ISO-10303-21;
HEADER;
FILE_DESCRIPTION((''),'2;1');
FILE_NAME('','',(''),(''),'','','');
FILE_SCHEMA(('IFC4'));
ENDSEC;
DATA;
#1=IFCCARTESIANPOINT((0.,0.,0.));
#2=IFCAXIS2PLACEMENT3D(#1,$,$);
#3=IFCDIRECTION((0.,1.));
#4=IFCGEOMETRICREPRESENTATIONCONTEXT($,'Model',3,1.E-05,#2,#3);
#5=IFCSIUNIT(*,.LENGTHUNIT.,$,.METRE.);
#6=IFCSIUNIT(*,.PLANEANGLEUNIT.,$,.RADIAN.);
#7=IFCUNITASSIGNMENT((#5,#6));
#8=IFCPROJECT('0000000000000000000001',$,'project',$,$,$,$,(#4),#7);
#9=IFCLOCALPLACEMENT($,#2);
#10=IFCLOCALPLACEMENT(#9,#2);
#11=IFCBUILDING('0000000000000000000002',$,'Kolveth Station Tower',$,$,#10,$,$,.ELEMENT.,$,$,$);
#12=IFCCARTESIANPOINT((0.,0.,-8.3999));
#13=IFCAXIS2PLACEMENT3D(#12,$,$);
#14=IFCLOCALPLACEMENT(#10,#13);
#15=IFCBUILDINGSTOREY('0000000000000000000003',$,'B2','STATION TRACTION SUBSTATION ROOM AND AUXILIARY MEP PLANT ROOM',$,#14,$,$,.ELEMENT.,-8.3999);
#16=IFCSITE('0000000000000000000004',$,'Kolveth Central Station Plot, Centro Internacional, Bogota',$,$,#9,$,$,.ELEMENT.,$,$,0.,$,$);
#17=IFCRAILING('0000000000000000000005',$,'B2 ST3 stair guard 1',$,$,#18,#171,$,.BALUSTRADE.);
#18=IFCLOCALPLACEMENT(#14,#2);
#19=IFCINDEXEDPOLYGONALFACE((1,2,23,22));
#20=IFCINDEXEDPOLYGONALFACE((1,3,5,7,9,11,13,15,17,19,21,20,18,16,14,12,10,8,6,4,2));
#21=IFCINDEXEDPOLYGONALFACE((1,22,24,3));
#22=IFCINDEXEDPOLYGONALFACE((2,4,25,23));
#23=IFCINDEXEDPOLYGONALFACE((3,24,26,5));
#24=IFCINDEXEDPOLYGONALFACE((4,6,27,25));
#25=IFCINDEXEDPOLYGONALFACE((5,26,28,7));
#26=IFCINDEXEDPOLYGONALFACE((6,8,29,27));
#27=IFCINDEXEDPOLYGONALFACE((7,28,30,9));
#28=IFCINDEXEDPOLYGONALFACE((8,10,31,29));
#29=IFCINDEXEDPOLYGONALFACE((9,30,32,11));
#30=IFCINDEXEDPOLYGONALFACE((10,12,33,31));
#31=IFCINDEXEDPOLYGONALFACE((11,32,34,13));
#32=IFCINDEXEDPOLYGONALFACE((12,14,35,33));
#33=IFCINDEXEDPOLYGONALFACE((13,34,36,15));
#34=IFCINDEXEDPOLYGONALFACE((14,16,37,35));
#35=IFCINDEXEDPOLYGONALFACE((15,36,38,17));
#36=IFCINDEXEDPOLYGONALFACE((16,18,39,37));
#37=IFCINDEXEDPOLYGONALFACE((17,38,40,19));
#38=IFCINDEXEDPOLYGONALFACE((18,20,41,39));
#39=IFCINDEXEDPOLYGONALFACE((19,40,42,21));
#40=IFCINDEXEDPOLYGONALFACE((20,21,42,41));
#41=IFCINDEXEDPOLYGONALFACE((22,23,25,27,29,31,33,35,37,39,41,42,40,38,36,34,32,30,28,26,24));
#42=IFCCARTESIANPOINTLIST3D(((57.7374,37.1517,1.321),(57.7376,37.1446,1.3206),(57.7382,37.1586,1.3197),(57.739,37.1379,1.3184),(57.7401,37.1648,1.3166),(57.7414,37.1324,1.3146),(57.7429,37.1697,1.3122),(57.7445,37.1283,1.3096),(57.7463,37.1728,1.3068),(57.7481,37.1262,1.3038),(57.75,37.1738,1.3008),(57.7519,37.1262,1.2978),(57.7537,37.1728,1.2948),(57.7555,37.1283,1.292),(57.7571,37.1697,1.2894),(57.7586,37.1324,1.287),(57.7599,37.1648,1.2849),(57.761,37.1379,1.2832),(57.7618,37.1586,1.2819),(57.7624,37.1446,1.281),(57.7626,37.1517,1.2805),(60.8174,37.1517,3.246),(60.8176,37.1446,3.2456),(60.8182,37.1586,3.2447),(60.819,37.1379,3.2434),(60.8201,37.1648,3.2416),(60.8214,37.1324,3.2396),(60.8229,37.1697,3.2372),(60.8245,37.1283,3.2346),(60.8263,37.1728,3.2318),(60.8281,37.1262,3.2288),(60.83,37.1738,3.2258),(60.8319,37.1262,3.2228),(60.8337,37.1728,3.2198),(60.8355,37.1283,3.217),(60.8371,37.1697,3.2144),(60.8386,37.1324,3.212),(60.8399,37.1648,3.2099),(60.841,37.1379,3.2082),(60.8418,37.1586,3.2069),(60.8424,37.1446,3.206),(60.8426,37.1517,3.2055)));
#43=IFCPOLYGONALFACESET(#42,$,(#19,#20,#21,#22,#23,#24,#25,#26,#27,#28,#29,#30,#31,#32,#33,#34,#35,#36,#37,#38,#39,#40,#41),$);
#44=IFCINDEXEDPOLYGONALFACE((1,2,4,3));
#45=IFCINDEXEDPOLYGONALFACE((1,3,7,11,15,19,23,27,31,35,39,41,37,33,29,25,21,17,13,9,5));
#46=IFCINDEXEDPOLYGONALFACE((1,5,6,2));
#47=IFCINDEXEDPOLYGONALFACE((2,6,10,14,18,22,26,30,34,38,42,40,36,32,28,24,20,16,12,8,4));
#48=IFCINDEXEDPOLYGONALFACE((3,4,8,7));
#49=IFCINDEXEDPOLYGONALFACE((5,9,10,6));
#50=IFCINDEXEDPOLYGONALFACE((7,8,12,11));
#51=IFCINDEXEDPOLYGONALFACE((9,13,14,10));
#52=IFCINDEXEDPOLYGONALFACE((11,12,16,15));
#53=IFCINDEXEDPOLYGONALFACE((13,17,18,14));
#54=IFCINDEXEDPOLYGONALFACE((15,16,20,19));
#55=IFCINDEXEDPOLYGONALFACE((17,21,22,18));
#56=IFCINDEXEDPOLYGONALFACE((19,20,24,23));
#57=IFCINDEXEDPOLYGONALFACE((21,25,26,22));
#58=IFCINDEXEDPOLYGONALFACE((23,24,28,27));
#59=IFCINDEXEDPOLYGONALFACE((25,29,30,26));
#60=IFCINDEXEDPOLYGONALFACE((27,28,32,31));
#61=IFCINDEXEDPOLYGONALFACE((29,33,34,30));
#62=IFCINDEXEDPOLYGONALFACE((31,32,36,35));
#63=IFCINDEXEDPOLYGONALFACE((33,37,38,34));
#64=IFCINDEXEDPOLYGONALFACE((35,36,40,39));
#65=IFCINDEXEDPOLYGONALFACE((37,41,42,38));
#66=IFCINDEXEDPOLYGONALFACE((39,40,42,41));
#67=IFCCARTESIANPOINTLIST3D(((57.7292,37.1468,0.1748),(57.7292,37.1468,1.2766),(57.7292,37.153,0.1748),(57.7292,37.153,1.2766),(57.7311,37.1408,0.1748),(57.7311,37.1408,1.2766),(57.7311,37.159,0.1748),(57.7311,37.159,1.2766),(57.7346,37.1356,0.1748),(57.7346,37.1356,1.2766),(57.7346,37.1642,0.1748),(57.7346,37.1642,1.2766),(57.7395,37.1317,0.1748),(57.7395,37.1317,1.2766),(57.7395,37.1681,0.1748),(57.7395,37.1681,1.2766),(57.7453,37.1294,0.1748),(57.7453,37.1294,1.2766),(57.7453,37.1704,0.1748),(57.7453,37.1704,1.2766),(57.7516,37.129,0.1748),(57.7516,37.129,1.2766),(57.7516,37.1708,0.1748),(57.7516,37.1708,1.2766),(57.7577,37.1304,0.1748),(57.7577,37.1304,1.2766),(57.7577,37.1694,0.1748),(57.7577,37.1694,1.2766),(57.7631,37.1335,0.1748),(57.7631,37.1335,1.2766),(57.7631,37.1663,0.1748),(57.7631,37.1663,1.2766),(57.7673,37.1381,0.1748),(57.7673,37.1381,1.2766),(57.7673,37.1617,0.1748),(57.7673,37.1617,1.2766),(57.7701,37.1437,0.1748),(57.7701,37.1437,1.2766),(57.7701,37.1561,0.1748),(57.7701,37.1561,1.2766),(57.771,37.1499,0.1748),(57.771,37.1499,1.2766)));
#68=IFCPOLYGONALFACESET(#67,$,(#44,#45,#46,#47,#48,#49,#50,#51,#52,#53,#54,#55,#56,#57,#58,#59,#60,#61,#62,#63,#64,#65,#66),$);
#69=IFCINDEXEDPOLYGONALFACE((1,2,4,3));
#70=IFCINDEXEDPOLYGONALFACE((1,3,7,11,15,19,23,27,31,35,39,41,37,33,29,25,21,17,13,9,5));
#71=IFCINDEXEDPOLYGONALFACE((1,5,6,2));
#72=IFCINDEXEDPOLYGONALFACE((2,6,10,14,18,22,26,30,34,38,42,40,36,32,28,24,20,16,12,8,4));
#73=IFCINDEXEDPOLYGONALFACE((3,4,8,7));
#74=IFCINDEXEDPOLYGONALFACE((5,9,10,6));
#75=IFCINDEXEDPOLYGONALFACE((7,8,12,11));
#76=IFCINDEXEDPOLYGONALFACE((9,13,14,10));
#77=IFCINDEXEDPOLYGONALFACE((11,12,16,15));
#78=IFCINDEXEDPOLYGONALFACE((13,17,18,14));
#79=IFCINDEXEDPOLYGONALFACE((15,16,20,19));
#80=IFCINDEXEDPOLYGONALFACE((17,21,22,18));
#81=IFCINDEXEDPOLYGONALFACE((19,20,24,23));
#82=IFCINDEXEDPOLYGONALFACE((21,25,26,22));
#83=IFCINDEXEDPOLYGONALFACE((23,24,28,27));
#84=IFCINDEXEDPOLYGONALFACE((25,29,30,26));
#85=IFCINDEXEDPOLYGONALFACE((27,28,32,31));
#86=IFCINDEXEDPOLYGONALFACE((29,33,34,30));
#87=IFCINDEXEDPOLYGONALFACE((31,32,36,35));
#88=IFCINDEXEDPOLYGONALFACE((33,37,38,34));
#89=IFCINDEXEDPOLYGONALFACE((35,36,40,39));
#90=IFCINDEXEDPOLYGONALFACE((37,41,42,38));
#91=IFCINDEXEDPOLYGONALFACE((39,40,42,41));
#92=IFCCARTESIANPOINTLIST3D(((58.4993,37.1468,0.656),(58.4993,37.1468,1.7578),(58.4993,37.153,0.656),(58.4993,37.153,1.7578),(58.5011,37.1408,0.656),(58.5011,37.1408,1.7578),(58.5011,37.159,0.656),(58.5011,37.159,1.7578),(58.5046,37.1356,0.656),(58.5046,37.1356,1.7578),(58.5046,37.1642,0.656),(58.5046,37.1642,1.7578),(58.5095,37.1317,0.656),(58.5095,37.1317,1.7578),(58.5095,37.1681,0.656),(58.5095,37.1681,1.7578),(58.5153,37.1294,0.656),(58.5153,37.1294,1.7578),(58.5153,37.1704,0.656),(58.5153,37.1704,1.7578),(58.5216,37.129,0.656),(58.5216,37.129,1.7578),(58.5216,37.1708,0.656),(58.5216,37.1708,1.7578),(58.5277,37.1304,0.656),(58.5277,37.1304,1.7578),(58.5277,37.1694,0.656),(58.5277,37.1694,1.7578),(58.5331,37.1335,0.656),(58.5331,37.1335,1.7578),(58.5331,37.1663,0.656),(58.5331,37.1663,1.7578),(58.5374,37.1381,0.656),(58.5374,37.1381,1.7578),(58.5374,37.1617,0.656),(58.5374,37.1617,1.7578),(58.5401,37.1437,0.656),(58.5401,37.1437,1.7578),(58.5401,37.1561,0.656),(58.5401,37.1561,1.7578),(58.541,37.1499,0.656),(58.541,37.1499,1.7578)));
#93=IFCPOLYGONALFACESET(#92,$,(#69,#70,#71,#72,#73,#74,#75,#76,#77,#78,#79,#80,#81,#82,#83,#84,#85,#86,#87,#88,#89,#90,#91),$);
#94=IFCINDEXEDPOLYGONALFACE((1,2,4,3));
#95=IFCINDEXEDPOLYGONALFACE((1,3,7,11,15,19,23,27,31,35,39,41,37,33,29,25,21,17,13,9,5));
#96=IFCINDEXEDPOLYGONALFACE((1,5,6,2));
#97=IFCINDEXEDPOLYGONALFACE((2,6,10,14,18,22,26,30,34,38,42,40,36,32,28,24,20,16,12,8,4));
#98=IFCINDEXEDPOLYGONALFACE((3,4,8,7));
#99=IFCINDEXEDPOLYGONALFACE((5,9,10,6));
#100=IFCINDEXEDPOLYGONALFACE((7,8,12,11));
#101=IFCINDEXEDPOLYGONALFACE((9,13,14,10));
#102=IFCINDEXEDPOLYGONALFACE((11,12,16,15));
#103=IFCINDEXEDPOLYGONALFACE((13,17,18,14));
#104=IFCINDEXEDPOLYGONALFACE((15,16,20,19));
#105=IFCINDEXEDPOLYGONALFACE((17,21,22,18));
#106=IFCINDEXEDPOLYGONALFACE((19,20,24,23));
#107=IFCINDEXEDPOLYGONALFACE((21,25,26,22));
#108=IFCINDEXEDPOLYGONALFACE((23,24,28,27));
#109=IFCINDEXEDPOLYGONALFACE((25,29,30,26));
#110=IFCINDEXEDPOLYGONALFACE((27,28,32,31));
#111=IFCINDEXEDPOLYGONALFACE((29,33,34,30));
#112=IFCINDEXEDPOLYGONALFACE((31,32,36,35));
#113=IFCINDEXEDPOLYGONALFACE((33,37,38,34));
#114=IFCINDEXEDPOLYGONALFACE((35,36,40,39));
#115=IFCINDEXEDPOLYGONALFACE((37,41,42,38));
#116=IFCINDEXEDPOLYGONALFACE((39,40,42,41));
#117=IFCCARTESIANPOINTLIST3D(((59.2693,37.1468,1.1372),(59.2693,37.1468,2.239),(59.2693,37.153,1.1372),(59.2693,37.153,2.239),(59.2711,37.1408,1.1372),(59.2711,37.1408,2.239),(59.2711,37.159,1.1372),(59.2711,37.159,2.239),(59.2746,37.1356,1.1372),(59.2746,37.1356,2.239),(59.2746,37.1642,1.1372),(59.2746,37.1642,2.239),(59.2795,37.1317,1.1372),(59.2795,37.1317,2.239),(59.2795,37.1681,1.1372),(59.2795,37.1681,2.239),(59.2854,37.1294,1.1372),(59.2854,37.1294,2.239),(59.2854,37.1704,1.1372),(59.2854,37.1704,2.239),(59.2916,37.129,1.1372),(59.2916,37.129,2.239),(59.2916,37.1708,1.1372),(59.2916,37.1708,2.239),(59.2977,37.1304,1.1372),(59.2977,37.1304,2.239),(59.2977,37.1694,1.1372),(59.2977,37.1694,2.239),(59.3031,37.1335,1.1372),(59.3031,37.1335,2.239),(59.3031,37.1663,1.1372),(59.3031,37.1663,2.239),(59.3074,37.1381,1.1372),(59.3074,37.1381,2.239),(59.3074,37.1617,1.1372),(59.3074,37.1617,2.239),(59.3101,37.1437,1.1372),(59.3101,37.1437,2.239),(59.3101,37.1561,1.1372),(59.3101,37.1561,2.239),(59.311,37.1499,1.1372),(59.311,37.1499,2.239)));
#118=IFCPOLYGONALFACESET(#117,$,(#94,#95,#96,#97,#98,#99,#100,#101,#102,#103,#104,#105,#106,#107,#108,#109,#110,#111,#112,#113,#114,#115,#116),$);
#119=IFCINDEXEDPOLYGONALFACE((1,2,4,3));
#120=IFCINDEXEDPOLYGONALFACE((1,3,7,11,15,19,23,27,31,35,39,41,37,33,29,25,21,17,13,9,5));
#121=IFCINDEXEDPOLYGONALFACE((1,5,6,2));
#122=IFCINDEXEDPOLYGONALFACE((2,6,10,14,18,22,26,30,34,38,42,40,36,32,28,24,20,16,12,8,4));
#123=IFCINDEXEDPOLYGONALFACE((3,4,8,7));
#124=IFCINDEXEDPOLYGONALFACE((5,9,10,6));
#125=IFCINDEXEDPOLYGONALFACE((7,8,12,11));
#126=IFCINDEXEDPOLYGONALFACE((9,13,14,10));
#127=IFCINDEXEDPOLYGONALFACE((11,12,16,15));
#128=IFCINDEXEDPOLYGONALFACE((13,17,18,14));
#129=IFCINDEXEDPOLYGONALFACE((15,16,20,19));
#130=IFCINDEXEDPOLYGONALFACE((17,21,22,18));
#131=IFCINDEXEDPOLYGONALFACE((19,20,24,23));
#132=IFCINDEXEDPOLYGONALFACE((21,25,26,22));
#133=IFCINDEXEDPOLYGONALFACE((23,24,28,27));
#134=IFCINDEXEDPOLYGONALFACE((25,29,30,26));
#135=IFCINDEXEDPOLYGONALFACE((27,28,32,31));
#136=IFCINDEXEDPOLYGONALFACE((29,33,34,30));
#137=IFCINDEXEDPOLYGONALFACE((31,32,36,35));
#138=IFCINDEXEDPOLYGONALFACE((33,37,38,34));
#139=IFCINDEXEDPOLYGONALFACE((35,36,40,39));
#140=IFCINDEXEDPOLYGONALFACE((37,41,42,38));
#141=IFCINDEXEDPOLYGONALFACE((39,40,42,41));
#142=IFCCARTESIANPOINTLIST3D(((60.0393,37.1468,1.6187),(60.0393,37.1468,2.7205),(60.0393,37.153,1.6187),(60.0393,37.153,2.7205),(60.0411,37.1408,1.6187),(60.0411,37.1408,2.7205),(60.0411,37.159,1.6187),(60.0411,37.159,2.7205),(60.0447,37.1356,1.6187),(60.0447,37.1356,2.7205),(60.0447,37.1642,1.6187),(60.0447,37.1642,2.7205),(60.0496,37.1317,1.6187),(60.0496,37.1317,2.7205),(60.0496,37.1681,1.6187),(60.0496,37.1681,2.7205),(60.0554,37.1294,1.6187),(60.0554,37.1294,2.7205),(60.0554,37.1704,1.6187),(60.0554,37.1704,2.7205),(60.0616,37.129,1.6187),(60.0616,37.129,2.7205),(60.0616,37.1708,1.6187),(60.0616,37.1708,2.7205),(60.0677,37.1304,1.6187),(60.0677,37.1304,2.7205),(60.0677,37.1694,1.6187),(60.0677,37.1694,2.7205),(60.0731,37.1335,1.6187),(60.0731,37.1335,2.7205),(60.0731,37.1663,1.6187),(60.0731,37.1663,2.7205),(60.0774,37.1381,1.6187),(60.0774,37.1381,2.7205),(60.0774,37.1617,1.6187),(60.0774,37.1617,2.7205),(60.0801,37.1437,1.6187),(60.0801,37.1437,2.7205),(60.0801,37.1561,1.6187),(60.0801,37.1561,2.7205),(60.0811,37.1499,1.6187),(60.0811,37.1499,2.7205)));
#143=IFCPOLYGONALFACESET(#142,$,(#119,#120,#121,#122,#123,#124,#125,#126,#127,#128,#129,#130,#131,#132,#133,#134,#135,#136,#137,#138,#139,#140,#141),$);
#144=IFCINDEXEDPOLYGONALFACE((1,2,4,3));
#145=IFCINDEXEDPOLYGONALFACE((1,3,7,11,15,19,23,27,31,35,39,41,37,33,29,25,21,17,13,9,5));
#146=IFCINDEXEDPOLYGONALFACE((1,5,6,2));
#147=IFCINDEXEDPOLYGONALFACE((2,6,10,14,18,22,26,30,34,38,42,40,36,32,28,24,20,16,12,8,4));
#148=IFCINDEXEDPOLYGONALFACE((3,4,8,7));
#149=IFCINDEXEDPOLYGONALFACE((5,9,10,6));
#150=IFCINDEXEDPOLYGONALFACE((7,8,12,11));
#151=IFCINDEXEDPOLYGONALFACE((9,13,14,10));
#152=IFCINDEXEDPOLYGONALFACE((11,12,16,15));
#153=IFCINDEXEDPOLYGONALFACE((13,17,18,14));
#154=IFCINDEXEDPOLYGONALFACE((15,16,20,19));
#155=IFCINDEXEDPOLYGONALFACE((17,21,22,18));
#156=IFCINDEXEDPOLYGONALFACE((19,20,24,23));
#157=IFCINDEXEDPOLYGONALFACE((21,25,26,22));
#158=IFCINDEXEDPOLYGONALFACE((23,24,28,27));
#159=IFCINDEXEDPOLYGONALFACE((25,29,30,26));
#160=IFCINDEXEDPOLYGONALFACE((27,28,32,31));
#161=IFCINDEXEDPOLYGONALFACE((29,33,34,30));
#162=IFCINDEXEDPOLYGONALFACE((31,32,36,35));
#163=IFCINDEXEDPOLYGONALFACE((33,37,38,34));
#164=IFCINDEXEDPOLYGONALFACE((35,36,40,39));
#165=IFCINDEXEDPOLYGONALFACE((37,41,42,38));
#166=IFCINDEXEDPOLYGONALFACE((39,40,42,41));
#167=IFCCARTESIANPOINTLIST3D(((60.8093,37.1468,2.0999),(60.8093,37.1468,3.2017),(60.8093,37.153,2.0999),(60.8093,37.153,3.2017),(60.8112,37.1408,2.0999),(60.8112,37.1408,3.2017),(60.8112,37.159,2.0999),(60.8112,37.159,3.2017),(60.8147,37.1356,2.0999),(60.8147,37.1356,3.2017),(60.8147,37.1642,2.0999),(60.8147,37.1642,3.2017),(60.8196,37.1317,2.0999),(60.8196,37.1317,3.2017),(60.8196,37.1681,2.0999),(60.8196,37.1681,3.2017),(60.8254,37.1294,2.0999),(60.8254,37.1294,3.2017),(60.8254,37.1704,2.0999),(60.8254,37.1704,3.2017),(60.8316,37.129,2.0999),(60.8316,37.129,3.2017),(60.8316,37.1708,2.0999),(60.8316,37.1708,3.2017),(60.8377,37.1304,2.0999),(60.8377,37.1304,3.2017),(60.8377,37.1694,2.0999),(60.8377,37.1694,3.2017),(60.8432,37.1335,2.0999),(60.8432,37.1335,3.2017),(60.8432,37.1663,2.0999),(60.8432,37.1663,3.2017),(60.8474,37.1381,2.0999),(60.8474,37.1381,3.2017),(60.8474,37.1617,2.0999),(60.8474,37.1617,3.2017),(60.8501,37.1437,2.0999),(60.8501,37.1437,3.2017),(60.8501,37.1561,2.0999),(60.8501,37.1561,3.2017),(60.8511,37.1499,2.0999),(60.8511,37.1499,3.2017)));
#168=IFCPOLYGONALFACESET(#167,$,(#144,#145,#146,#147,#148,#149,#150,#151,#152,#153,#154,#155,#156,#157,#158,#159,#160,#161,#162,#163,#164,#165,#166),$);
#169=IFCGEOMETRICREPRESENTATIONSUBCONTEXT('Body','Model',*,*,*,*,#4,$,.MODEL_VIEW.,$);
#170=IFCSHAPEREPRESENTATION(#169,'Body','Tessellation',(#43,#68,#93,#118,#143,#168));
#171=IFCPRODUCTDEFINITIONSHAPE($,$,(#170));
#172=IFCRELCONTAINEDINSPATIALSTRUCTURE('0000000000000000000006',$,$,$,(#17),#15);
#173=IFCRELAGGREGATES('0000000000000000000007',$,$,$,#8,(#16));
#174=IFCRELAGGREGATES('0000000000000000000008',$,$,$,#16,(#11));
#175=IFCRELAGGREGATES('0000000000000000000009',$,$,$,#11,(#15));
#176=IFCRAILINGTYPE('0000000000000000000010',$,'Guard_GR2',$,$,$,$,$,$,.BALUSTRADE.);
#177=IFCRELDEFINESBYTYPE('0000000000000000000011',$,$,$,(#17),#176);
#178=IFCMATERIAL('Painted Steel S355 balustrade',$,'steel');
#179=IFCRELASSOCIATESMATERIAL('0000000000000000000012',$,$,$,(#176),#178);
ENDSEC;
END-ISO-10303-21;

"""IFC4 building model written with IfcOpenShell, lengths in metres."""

from ifc_helpers import new_model, si_unit, direction, frame, origin, origin_2d, place, context, subcontext, project, spatial, circle, extrude, material, type_object, element, save


model = new_model("IFC4")

# Units and contexts
model_context = context("Model", 3, precision=1e-05, world=origin(), true_north=direction((0.0, 1.0)))
body_context = subcontext(model_context, "Body", "Model", "MODEL_VIEW")
ifc_project = project(units=[si_unit("LENGTHUNIT", "METRE"), si_unit("PLANEANGLEUNIT", "RADIAN")], contexts=[model_context])

# Site, building, storey
site_placement = place(None, origin())
site = spatial("IfcSite", under=ifc_project, at=site_placement, Name="Kolveth Central Station Plot, Centro Internacional, Bogota", CompositionType="ELEMENT", RefElevation=0.0)
building_placement = place(site_placement, origin())
building = spatial("IfcBuilding", under=site, at=building_placement, Name="Kolveth Station Tower", CompositionType="ELEMENT")
storey_placement = place(building_placement, frame((0.0, 0.0, -8.3999)))
storey = spatial("IfcBuildingStorey", under=building, at=storey_placement, Name="B2", Description="STATION TRACTION SUBSTATION ROOM AND AUXILIARY MEP PLANT ROOM", CompositionType="ELEMENT", Elevation=-8.3999)

# Railing
ifc_material_1 = material(Name="Painted Steel S355 balustrade", Category="steel")
railing_type_1 = type_object("IfcRailingType", Name="Guard_GR2", PredefinedType="BALUSTRADE", material=ifc_material_1)
railing_1_placement = place(storey_placement, frame((57.75, 37.1499, 0.1748)))
element("IfcRailing", 1, at=railing_1_placement, inside=storey, type_object=railing_type_1, Name="B2 ST3 stair guard 1", PredefinedType="BALUSTRADE", context=body_context, shape_type="SweptSolid", body=[
    extrude(circle(Radius=0.0239, at=origin_2d()), frame((0.0, 0.0, 1.126), z_axis=(0.847998, 0.0, 0.529999), x_axis=(0.0, 1.0, 0.0)), (0.0, 0.0, 1.0), 3.6321),
    extrude(circle(Radius=0.021, at=origin_2d()), origin(), (0.0, 0.0, 1.0), 1.1018),
    extrude(circle(Radius=0.021, at=origin_2d()), frame((0.77, 0.0, 0.4812)), (0.0, 0.0, 1.0), 1.1018),
    extrude(circle(Radius=0.021, at=origin_2d()), frame((1.54, 0.0, 0.9624)), (0.0, 0.0, 1.0), 1.1018),
    extrude(circle(Radius=0.021, at=origin_2d()), frame((2.3101, 0.0, 1.4438)), (0.0, 0.0, 1.0), 1.1018),
    extrude(circle(Radius=0.021, at=origin_2d()), frame((3.0801, 0.0, 1.925)), (0.0, 0.0, 1.0), 1.1018),
])

save(model, "model.ifc")
